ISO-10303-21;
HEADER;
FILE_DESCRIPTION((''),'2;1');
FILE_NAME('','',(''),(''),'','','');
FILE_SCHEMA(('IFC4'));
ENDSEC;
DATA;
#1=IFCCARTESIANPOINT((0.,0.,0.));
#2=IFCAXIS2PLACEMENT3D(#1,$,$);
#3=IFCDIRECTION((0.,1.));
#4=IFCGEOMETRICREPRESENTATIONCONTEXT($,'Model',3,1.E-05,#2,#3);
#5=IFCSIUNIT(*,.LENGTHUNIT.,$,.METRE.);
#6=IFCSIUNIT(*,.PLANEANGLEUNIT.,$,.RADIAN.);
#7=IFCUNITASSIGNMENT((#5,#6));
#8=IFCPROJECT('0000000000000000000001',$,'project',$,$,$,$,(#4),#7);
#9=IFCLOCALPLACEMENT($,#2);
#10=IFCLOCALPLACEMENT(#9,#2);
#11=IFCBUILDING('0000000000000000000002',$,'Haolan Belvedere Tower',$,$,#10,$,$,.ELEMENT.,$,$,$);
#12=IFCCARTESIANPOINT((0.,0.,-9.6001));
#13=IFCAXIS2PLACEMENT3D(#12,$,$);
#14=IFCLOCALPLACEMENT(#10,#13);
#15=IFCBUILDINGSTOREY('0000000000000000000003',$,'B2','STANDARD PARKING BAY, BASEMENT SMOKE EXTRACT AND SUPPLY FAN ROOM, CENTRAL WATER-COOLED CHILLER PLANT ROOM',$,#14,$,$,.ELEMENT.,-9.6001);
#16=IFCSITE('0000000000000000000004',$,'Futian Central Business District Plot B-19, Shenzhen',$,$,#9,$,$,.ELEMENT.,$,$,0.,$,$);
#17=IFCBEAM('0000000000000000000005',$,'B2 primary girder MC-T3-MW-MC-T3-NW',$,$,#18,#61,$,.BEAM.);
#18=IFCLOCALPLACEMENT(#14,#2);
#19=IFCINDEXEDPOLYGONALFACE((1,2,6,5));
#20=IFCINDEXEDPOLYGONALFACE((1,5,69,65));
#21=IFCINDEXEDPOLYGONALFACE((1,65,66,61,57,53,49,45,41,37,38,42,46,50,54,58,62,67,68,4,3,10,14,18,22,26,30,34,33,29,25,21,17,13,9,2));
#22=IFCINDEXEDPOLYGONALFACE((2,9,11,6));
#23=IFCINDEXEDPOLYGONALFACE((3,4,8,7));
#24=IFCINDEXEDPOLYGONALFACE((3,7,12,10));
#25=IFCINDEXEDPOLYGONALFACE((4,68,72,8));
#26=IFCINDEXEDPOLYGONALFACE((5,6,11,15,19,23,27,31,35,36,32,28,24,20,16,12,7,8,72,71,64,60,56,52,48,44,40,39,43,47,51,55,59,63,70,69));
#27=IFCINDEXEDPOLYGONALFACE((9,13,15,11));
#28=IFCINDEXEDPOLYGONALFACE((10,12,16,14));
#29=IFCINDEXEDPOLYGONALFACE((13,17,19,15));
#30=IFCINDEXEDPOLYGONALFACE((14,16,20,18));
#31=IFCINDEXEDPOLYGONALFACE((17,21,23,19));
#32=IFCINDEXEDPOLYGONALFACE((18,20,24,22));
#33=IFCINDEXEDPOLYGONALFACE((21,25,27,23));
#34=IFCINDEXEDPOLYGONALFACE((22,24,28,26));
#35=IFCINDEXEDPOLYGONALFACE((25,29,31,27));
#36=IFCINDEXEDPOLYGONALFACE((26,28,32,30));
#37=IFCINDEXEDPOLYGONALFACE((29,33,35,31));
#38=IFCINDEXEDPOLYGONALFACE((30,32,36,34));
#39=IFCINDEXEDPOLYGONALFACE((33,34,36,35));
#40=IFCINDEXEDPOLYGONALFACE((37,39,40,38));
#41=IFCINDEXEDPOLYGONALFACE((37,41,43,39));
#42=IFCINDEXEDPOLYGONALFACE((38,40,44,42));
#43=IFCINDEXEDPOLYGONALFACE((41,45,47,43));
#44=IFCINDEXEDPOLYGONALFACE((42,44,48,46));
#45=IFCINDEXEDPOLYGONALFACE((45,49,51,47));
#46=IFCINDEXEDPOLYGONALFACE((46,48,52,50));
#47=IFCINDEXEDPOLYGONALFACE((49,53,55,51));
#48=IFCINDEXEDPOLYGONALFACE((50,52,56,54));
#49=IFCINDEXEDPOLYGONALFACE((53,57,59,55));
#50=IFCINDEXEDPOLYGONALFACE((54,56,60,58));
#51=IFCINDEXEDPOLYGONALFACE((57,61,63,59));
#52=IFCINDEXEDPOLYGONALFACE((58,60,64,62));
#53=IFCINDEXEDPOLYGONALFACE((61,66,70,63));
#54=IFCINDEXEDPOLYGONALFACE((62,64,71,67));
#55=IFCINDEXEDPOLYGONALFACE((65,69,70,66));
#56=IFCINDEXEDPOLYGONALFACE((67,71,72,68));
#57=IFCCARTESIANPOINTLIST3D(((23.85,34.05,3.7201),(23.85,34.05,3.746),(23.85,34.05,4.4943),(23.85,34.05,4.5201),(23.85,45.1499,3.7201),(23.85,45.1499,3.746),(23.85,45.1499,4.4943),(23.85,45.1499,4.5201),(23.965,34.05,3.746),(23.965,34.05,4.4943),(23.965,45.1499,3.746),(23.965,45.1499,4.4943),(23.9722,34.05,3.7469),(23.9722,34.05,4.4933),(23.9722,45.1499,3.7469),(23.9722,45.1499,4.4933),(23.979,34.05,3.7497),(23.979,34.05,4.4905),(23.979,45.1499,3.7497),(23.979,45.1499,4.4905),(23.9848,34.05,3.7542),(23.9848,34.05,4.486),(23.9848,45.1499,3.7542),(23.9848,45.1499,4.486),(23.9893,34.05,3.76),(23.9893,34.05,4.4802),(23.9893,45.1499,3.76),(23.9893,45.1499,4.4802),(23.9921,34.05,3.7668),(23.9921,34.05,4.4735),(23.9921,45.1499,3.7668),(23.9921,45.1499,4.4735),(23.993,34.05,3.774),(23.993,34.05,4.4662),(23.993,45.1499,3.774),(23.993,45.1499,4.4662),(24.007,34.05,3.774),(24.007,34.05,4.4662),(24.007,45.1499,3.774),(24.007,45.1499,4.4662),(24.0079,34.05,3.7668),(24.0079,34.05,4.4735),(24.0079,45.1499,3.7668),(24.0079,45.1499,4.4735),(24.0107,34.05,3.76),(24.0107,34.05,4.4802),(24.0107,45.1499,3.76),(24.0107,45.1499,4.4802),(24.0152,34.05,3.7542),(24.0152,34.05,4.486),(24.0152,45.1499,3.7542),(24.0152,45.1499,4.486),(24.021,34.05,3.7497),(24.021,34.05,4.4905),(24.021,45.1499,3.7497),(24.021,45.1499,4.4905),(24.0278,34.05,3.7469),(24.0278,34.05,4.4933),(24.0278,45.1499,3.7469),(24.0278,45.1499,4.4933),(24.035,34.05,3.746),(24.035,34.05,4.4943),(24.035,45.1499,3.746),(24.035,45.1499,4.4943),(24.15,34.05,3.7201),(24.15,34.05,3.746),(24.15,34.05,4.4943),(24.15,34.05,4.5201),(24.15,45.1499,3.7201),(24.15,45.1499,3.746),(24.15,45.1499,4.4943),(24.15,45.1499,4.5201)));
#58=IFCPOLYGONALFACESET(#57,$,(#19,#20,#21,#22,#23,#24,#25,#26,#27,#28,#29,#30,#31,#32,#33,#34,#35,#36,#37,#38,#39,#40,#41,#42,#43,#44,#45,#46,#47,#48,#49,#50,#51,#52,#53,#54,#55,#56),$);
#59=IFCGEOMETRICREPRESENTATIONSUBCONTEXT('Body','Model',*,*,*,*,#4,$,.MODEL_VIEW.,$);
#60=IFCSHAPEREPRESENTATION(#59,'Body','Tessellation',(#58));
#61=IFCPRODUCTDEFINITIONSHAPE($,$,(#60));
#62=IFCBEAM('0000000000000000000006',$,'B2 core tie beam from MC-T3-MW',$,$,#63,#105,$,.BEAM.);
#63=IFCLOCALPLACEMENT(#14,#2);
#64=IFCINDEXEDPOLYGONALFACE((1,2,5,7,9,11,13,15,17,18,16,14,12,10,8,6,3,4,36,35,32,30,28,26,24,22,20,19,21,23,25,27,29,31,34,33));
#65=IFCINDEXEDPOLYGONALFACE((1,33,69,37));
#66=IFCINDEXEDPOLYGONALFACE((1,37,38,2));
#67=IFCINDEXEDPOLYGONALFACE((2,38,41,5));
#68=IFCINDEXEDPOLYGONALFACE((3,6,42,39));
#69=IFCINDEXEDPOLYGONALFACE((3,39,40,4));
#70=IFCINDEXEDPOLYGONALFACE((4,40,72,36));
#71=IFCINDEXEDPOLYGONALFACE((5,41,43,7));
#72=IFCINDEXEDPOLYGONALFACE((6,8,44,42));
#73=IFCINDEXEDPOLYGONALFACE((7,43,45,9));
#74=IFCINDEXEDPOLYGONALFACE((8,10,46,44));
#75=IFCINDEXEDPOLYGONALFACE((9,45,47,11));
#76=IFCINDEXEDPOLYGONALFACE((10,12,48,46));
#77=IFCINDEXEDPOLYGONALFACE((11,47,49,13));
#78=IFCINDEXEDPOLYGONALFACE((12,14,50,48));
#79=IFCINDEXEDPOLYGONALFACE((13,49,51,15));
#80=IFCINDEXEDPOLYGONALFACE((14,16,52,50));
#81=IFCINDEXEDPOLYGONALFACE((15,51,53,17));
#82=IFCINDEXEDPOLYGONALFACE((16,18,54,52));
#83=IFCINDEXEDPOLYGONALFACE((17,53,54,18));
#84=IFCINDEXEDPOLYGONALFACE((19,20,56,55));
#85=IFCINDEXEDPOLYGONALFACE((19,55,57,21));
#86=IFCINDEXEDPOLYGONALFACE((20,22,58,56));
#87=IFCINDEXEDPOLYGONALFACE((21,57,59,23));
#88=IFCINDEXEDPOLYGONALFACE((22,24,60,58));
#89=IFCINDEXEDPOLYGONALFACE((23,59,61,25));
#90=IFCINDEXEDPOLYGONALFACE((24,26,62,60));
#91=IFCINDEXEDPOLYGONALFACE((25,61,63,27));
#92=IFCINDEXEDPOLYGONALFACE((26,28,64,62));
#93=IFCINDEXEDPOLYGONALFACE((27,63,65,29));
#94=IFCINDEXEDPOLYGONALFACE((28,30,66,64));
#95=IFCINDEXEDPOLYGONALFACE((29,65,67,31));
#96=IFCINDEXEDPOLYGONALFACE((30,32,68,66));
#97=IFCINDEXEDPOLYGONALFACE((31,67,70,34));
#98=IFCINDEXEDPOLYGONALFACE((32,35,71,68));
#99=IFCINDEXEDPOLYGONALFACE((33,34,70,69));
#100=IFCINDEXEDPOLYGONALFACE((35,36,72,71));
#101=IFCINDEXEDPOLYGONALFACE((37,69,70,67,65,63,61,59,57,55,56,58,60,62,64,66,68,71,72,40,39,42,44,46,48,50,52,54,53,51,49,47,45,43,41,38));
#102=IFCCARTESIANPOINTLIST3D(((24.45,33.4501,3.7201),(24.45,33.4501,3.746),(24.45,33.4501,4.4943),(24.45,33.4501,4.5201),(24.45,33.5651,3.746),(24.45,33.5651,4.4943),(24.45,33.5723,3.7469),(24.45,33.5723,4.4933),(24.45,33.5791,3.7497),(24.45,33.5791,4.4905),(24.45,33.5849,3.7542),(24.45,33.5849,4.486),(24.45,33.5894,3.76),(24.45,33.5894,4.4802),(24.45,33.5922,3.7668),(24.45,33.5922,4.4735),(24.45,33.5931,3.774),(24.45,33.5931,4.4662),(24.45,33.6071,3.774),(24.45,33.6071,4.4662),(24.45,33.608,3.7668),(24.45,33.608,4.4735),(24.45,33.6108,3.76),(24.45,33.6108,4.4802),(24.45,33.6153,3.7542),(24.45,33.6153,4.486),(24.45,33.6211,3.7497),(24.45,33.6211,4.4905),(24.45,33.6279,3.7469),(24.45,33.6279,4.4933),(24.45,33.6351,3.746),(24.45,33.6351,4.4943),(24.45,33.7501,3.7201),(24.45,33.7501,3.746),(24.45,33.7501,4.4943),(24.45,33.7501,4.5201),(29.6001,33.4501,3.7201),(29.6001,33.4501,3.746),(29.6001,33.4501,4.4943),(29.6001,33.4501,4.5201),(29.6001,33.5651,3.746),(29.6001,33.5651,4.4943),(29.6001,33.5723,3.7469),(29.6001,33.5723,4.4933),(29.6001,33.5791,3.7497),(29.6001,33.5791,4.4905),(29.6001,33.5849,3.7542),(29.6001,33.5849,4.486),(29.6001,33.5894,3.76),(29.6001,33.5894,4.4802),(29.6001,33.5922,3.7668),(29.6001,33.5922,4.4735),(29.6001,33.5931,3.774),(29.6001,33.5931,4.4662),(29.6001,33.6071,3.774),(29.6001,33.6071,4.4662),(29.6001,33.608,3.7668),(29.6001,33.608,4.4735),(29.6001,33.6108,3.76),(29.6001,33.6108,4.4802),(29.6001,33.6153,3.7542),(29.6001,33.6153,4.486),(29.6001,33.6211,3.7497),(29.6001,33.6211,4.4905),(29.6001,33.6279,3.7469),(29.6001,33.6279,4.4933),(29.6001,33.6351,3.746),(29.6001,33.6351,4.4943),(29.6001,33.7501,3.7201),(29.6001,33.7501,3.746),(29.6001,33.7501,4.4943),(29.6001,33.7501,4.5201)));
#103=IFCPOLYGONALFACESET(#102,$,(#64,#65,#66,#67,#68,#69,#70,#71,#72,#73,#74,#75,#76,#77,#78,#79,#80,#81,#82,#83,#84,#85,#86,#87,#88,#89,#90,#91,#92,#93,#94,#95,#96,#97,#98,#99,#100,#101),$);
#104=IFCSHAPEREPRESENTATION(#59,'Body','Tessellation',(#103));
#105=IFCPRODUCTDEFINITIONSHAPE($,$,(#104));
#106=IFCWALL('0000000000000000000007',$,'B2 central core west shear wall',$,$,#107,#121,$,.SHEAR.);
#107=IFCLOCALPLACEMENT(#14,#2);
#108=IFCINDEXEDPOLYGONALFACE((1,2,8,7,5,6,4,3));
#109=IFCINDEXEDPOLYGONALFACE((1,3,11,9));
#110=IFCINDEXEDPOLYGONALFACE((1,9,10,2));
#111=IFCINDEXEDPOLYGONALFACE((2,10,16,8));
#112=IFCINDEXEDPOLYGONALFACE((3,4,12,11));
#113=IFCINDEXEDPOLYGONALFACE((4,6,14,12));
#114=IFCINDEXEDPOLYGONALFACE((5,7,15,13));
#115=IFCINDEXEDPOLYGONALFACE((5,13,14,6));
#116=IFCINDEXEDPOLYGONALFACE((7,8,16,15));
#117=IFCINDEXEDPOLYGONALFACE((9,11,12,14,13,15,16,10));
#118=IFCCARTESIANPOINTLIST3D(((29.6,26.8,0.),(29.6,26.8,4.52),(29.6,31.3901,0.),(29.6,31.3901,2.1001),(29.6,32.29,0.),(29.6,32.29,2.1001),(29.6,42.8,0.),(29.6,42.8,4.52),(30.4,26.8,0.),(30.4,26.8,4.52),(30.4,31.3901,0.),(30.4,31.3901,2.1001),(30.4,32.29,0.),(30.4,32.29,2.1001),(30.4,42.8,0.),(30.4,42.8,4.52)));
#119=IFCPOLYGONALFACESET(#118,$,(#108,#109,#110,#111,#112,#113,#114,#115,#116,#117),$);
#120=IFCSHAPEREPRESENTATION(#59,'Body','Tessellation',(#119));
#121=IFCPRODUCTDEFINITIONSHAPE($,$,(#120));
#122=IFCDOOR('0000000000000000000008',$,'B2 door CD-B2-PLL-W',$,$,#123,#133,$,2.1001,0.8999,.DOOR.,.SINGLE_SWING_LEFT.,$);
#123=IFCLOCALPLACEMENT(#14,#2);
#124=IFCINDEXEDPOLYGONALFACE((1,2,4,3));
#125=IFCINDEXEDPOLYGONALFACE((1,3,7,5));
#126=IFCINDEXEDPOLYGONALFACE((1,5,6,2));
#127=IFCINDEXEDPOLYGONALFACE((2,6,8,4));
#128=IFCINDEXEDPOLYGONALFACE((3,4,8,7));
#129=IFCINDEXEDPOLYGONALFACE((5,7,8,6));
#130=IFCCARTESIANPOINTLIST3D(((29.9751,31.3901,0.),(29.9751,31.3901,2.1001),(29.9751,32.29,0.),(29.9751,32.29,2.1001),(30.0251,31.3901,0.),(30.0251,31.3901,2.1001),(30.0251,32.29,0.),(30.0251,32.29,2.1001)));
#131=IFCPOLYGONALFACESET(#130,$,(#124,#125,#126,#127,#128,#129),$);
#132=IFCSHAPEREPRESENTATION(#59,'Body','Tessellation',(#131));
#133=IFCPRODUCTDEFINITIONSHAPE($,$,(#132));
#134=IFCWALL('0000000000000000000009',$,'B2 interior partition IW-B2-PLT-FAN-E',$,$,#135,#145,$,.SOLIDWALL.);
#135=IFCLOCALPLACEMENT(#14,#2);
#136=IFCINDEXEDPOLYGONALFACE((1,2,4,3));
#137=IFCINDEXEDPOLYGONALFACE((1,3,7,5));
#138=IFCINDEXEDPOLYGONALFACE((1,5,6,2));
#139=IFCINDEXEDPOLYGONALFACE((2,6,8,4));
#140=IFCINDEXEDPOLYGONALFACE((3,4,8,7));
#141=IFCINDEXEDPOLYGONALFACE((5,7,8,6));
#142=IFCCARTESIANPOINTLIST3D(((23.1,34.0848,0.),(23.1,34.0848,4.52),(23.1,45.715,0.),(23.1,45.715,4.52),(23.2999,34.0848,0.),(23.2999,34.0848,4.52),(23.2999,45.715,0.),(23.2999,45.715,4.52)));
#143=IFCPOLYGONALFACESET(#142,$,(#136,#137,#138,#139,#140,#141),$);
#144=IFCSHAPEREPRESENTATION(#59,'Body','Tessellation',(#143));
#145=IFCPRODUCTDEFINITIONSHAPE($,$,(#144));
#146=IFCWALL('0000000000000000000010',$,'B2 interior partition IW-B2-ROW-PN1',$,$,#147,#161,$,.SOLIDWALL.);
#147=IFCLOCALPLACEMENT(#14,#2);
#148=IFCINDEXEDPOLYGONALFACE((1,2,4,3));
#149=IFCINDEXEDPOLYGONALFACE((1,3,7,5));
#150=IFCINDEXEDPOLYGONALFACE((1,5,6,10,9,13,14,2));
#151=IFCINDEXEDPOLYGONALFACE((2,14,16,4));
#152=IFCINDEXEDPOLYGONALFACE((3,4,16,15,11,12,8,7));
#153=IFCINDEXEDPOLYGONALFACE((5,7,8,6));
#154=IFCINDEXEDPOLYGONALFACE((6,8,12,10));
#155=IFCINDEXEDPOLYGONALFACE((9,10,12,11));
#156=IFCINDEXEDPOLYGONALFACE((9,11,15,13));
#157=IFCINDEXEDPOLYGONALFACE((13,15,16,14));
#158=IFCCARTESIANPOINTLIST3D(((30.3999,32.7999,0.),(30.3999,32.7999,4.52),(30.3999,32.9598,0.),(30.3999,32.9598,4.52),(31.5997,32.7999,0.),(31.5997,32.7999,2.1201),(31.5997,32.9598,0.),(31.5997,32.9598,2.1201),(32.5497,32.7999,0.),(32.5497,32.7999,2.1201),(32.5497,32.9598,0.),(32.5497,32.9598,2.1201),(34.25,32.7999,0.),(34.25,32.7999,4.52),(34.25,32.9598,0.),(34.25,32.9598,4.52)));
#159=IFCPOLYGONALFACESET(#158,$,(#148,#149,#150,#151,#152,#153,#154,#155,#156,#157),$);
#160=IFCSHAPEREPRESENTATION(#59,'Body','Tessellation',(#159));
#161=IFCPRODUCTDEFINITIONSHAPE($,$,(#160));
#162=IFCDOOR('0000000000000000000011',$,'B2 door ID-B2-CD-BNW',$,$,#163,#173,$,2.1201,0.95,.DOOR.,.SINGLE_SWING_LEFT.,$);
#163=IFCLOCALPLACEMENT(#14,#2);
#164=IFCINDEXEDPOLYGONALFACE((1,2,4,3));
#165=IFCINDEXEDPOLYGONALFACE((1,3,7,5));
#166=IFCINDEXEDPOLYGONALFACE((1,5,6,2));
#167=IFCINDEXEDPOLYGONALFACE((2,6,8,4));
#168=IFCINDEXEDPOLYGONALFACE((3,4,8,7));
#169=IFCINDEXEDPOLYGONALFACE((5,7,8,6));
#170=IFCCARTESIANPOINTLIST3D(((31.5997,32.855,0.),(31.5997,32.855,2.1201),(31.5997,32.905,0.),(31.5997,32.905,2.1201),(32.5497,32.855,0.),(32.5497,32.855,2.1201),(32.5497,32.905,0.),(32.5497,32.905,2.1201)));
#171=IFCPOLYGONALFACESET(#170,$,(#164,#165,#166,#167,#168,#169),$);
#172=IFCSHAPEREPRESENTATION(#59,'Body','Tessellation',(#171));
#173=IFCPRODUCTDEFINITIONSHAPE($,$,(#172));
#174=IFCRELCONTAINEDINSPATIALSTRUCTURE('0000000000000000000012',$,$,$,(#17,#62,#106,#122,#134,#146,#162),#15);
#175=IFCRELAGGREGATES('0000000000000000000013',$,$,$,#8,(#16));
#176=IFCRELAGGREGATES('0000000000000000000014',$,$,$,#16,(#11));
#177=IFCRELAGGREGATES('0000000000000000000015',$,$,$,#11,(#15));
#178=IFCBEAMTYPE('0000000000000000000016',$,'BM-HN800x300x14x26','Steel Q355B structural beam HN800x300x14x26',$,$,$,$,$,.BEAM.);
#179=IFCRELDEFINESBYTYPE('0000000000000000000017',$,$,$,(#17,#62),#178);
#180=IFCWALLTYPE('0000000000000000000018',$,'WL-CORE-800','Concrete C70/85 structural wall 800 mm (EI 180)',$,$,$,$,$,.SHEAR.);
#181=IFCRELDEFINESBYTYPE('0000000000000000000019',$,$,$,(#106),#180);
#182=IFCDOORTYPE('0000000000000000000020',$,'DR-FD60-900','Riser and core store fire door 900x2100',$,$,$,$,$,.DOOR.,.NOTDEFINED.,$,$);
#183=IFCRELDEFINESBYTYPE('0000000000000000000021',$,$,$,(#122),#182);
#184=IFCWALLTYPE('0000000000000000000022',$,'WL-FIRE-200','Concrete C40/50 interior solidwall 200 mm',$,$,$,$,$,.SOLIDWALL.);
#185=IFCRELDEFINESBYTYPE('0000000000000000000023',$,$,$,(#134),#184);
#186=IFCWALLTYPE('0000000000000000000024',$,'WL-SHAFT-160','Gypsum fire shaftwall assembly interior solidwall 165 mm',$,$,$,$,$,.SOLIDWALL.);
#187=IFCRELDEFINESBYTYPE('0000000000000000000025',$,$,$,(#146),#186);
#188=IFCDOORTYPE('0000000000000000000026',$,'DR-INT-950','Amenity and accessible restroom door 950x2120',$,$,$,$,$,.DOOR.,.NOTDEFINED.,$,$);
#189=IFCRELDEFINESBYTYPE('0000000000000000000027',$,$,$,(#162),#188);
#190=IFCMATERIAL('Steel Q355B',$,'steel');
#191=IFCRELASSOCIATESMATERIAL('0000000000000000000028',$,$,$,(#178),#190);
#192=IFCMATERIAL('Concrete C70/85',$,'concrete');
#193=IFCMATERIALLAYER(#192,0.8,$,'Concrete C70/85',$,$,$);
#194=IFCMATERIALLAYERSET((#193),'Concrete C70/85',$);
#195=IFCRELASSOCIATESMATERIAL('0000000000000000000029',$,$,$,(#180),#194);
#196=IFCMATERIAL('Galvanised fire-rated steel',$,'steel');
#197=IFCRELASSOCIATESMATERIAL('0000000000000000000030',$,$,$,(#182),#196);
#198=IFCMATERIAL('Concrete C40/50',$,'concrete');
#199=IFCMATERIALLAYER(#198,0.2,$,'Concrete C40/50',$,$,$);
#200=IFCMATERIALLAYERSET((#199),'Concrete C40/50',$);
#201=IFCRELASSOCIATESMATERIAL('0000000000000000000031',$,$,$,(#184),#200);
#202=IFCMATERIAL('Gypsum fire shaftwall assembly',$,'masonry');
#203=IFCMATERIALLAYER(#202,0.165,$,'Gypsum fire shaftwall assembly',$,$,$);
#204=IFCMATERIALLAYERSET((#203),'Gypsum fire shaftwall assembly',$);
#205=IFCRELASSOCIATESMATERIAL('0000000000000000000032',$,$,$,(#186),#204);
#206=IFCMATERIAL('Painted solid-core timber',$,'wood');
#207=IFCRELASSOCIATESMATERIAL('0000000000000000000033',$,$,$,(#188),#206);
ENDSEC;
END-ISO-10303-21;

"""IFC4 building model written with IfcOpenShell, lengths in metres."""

from ifc_helpers import new_model, si_unit, direction, frame, frame_2d, origin, origin_2d, place, context, subcontext, project, spatial, rectangle, i_section, extrude, material, layer, layer_set, material_profile, profile_set, type_object, element, fill, save


model = new_model("IFC4")

# Units and contexts
model_context = context("Model", 3, precision=1e-05, world=origin(), true_north=direction((0.0, 1.0)))
body_context = subcontext(model_context, "Body", "Model", "MODEL_VIEW")
ifc_project = project(units=[si_unit("LENGTHUNIT", "METRE"), si_unit("PLANEANGLEUNIT", "RADIAN")], contexts=[model_context])

# Site, building, storey
site_placement = place(None, origin())
site = spatial("IfcSite", under=ifc_project, at=site_placement, Name="Futian Central Business District Plot B-19, Shenzhen", CompositionType="ELEMENT", RefElevation=0.0)
building_placement = place(site_placement, origin())
building = spatial("IfcBuilding", under=site, at=building_placement, Name="Haolan Belvedere Tower", CompositionType="ELEMENT")
storey_placement = place(building_placement, frame((0.0, 0.0, -9.6001)))
storey = spatial("IfcBuildingStorey", under=building, at=storey_placement, Name="B2", Description="STANDARD PARKING BAY, BASEMENT SMOKE EXTRACT AND SUPPLY FAN ROOM, CENTRAL WATER-COOLED CHILLER PLANT ROOM", CompositionType="ELEMENT", Elevation=-9.6001)

# Shared definitions
ifc_material_1 = material(Name="Steel Q355B", Category="steel")

# Beams
ifc_material_profile_1 = material_profile(ifc_material_1, i_section(OverallWidth=0.3, OverallDepth=0.8, WebThickness=0.0139, FlangeThickness=0.0259, FilletRadius=0.0281, at=origin_2d()), Name="Steel Q355B")
ifc_profile_set_1 = profile_set([ifc_material_profile_1], Name="Steel Q355B")
beam_type = type_object("IfcBeamType", Name="BM-HN800x300x14x26", Description="Steel Q355B structural beam HN800x300x14x26", PredefinedType="BEAM", material=ifc_profile_set_1)
beam_1_placement = place(storey_placement, frame((24.0, 34.05, 4.1201), z_axis=(0.0, 1.0, 0.0), x_axis=(-1.0, 0.0, 0.0)))
element("IfcBeam", 1, at=beam_1_placement, inside=storey, type_object=beam_type, Name="B2 primary girder MC-T3-MW-MC-T3-NW", PredefinedType="BEAM", context=body_context, shape_type="SweptSolid", body=[
    extrude(i_section(OverallWidth=0.3, OverallDepth=0.8, WebThickness=0.0139, FlangeThickness=0.0259, FilletRadius=0.0281, at=origin_2d()), origin(), (0.0, 0.0, 1.0), 11.0999),
])
beam_2_placement = place(storey_placement, frame((24.45, 33.6001, 4.1201), z_axis=(1.0, 0.0, 0.0), x_axis=(0.0, 1.0, 0.0)))
element("IfcBeam", 2, at=beam_2_placement, inside=storey, type_object=beam_type, Name="B2 core tie beam from MC-T3-MW", PredefinedType="BEAM", context=body_context, shape_type="SweptSolid", body=[
    extrude(i_section(OverallWidth=0.3, OverallDepth=0.8, WebThickness=0.0139, FlangeThickness=0.0259, FilletRadius=0.0281, at=origin_2d()), origin(), (0.0, 0.0, 1.0), 5.1501),
])

# Wall, opening, door
ifc_material_2 = material(Name="Concrete C70/85", Category="concrete")
ifc_layer_1 = layer(ifc_material_2, 0.8, Name="Concrete C70/85")
ifc_layer_set_1 = layer_set([ifc_layer_1], Name="Concrete C70/85")
wall_type_1 = type_object("IfcWallType", Name="WL-CORE-800", Description="Concrete C70/85 structural wall 800 mm (EI 180)", PredefinedType="SHEAR", material=ifc_layer_set_1)
wall_1_placement = place(storey_placement, frame((30.0, 26.8, 0.0), z_axis=(0.0, 0.0, 1.0), x_axis=(0.0, 1.0, 0.0)))
wall_1 = element("IfcWall", 3, at=wall_1_placement, inside=storey, type_object=wall_type_1, Name="B2 central core west shear wall", PredefinedType="SHEAR", context=body_context, shape_type="SweptSolid", body=[
    extrude(rectangle(XDim=16.0, YDim=0.8, at=frame_2d((8.0, 0.0))), origin(), (0.0, 0.0, 1.0), 4.52),
])
opening_1_placement = place(wall_1_placement, frame((4.5901, 0.0, 0.0)))
opening_1 = element("IfcOpeningElement", 4, at=opening_1_placement, cuts=wall_1, PredefinedType="OPENING", context=body_context, shape_type="SweptSolid", body=[
    extrude(rectangle(XDim=0.8999, YDim=2.1001, at=frame_2d((0.45, 1.05))), frame((0.0, 0.4099, 0.0), z_axis=(0.0, -1.0, 0.0), x_axis=(1.0, 0.0, 0.0)), (0.0, 0.0, 1.0), 0.8201),
])
ifc_material_3 = material(Name="Galvanised fire-rated steel", Category="steel")
door_type_1 = type_object("IfcDoorType", Name="DR-FD60-900", Description="Riser and core store fire door 900x2100", OperationType="NOTDEFINED", PredefinedType="DOOR", material=ifc_material_3)
door_1_placement = place(opening_1_placement, origin())
door_1 = element("IfcDoor", 5, at=door_1_placement, inside=storey, type_object=door_type_1, Name="B2 door CD-B2-PLL-W", OperationType="SINGLE_SWING_LEFT", OverallHeight=2.1001, OverallWidth=0.8999, PredefinedType="DOOR", context=body_context, shape_type="SweptSolid", body=[
    extrude(rectangle(XDim=0.8999, YDim=2.1001, at=frame_2d((0.45, 1.05))), frame((0.0, 0.0249, 0.0), z_axis=(0.0, -1.0, 0.0), x_axis=(1.0, 0.0, 0.0)), (0.0, 0.0, 1.0), 0.05),
])
fill(opening_1, door_1)

# Wall
ifc_material_4 = material(Name="Concrete C40/50", Category="concrete")
ifc_layer_2 = layer(ifc_material_4, 0.2, Name="Concrete C40/50")
ifc_layer_set_2 = layer_set([ifc_layer_2], Name="Concrete C40/50")
wall_type_2 = type_object("IfcWallType", Name="WL-FIRE-200", Description="Concrete C40/50 interior solidwall 200 mm", PredefinedType="SOLIDWALL", material=ifc_layer_set_2)
wall_2_placement = place(storey_placement, frame((23.2, 34.085, 0.0), z_axis=(0.0, 0.0, 1.0), x_axis=(0.0, 1.0, 0.0)))
element("IfcWall", 6, at=wall_2_placement, inside=storey, type_object=wall_type_2, Name="B2 interior partition IW-B2-PLT-FAN-E", PredefinedType="SOLIDWALL", context=body_context, shape_type="SweptSolid", body=[
    extrude(rectangle(XDim=11.6301, YDim=0.2, at=frame_2d((5.8149, 0.0))), origin(), (0.0, 0.0, 1.0), 4.52),
])

# Wall, opening, door
ifc_material_5 = material(Name="Gypsum fire shaftwall assembly", Category="masonry")
ifc_layer_3 = layer(ifc_material_5, 0.165, Name="Gypsum fire shaftwall assembly")
ifc_layer_set_3 = layer_set([ifc_layer_3], Name="Gypsum fire shaftwall assembly")
wall_type_3 = type_object("IfcWallType", Name="WL-SHAFT-160", Description="Gypsum fire shaftwall assembly interior solidwall 165 mm", PredefinedType="SOLIDWALL", material=ifc_layer_set_3)
wall_3_placement = place(storey_placement, frame((30.3999, 32.8799, 0.0), z_axis=(0.0, 0.0, 1.0), x_axis=(1.0, 0.0, 0.0)))
wall_3 = element("IfcWall", 7, at=wall_3_placement, inside=storey, type_object=wall_type_3, Name="B2 interior partition IW-B2-ROW-PN1", PredefinedType="SOLIDWALL", context=body_context, shape_type="SweptSolid", body=[
    extrude(rectangle(XDim=3.8501, YDim=0.1599, at=frame_2d((1.925, 0.0))), origin(), (0.0, 0.0, 1.0), 4.52),
])
opening_2_placement = place(wall_3_placement, frame((2.1499, 0.0, 0.0), z_axis=(0.0, 0.0, 1.0), x_axis=(-1.0, 0.0, 0.0)))
opening_2 = element("IfcOpeningElement", 8, at=opening_2_placement, cuts=wall_3, PredefinedType="OPENING", context=body_context, shape_type="SweptSolid", body=[
    extrude(rectangle(XDim=0.95, YDim=2.1201, at=frame_2d((0.4751, 1.0601))), frame((0.0, 0.0898, 0.0), z_axis=(0.0, -1.0, 0.0), x_axis=(1.0, 0.0, 0.0)), (0.0, 0.0, 1.0), 0.1799),
])
ifc_material_6 = material(Name="Painted solid-core timber", Category="wood")
door_type_2 = type_object("IfcDoorType", Name="DR-INT-950", Description="Amenity and accessible restroom door 950x2120", OperationType="NOTDEFINED", PredefinedType="DOOR", material=ifc_material_6)
door_2_placement = place(opening_2_placement, origin())
door_2 = element("IfcDoor", 9, at=door_2_placement, inside=storey, type_object=door_type_2, Name="B2 door ID-B2-CD-BNW", OperationType="SINGLE_SWING_LEFT", OverallHeight=2.1201, OverallWidth=0.95, PredefinedType="DOOR", context=body_context, shape_type="SweptSolid", body=[
    extrude(rectangle(XDim=0.95, YDim=2.1201, at=frame_2d((0.4751, 1.0601))), frame((0.0, 0.0249, 0.0), z_axis=(0.0, -1.0, 0.0), x_axis=(1.0, 0.0, 0.0)), (0.0, 0.0, 1.0), 0.05),
])
fill(opening_2, door_2)

save(model, "model.ifc")
